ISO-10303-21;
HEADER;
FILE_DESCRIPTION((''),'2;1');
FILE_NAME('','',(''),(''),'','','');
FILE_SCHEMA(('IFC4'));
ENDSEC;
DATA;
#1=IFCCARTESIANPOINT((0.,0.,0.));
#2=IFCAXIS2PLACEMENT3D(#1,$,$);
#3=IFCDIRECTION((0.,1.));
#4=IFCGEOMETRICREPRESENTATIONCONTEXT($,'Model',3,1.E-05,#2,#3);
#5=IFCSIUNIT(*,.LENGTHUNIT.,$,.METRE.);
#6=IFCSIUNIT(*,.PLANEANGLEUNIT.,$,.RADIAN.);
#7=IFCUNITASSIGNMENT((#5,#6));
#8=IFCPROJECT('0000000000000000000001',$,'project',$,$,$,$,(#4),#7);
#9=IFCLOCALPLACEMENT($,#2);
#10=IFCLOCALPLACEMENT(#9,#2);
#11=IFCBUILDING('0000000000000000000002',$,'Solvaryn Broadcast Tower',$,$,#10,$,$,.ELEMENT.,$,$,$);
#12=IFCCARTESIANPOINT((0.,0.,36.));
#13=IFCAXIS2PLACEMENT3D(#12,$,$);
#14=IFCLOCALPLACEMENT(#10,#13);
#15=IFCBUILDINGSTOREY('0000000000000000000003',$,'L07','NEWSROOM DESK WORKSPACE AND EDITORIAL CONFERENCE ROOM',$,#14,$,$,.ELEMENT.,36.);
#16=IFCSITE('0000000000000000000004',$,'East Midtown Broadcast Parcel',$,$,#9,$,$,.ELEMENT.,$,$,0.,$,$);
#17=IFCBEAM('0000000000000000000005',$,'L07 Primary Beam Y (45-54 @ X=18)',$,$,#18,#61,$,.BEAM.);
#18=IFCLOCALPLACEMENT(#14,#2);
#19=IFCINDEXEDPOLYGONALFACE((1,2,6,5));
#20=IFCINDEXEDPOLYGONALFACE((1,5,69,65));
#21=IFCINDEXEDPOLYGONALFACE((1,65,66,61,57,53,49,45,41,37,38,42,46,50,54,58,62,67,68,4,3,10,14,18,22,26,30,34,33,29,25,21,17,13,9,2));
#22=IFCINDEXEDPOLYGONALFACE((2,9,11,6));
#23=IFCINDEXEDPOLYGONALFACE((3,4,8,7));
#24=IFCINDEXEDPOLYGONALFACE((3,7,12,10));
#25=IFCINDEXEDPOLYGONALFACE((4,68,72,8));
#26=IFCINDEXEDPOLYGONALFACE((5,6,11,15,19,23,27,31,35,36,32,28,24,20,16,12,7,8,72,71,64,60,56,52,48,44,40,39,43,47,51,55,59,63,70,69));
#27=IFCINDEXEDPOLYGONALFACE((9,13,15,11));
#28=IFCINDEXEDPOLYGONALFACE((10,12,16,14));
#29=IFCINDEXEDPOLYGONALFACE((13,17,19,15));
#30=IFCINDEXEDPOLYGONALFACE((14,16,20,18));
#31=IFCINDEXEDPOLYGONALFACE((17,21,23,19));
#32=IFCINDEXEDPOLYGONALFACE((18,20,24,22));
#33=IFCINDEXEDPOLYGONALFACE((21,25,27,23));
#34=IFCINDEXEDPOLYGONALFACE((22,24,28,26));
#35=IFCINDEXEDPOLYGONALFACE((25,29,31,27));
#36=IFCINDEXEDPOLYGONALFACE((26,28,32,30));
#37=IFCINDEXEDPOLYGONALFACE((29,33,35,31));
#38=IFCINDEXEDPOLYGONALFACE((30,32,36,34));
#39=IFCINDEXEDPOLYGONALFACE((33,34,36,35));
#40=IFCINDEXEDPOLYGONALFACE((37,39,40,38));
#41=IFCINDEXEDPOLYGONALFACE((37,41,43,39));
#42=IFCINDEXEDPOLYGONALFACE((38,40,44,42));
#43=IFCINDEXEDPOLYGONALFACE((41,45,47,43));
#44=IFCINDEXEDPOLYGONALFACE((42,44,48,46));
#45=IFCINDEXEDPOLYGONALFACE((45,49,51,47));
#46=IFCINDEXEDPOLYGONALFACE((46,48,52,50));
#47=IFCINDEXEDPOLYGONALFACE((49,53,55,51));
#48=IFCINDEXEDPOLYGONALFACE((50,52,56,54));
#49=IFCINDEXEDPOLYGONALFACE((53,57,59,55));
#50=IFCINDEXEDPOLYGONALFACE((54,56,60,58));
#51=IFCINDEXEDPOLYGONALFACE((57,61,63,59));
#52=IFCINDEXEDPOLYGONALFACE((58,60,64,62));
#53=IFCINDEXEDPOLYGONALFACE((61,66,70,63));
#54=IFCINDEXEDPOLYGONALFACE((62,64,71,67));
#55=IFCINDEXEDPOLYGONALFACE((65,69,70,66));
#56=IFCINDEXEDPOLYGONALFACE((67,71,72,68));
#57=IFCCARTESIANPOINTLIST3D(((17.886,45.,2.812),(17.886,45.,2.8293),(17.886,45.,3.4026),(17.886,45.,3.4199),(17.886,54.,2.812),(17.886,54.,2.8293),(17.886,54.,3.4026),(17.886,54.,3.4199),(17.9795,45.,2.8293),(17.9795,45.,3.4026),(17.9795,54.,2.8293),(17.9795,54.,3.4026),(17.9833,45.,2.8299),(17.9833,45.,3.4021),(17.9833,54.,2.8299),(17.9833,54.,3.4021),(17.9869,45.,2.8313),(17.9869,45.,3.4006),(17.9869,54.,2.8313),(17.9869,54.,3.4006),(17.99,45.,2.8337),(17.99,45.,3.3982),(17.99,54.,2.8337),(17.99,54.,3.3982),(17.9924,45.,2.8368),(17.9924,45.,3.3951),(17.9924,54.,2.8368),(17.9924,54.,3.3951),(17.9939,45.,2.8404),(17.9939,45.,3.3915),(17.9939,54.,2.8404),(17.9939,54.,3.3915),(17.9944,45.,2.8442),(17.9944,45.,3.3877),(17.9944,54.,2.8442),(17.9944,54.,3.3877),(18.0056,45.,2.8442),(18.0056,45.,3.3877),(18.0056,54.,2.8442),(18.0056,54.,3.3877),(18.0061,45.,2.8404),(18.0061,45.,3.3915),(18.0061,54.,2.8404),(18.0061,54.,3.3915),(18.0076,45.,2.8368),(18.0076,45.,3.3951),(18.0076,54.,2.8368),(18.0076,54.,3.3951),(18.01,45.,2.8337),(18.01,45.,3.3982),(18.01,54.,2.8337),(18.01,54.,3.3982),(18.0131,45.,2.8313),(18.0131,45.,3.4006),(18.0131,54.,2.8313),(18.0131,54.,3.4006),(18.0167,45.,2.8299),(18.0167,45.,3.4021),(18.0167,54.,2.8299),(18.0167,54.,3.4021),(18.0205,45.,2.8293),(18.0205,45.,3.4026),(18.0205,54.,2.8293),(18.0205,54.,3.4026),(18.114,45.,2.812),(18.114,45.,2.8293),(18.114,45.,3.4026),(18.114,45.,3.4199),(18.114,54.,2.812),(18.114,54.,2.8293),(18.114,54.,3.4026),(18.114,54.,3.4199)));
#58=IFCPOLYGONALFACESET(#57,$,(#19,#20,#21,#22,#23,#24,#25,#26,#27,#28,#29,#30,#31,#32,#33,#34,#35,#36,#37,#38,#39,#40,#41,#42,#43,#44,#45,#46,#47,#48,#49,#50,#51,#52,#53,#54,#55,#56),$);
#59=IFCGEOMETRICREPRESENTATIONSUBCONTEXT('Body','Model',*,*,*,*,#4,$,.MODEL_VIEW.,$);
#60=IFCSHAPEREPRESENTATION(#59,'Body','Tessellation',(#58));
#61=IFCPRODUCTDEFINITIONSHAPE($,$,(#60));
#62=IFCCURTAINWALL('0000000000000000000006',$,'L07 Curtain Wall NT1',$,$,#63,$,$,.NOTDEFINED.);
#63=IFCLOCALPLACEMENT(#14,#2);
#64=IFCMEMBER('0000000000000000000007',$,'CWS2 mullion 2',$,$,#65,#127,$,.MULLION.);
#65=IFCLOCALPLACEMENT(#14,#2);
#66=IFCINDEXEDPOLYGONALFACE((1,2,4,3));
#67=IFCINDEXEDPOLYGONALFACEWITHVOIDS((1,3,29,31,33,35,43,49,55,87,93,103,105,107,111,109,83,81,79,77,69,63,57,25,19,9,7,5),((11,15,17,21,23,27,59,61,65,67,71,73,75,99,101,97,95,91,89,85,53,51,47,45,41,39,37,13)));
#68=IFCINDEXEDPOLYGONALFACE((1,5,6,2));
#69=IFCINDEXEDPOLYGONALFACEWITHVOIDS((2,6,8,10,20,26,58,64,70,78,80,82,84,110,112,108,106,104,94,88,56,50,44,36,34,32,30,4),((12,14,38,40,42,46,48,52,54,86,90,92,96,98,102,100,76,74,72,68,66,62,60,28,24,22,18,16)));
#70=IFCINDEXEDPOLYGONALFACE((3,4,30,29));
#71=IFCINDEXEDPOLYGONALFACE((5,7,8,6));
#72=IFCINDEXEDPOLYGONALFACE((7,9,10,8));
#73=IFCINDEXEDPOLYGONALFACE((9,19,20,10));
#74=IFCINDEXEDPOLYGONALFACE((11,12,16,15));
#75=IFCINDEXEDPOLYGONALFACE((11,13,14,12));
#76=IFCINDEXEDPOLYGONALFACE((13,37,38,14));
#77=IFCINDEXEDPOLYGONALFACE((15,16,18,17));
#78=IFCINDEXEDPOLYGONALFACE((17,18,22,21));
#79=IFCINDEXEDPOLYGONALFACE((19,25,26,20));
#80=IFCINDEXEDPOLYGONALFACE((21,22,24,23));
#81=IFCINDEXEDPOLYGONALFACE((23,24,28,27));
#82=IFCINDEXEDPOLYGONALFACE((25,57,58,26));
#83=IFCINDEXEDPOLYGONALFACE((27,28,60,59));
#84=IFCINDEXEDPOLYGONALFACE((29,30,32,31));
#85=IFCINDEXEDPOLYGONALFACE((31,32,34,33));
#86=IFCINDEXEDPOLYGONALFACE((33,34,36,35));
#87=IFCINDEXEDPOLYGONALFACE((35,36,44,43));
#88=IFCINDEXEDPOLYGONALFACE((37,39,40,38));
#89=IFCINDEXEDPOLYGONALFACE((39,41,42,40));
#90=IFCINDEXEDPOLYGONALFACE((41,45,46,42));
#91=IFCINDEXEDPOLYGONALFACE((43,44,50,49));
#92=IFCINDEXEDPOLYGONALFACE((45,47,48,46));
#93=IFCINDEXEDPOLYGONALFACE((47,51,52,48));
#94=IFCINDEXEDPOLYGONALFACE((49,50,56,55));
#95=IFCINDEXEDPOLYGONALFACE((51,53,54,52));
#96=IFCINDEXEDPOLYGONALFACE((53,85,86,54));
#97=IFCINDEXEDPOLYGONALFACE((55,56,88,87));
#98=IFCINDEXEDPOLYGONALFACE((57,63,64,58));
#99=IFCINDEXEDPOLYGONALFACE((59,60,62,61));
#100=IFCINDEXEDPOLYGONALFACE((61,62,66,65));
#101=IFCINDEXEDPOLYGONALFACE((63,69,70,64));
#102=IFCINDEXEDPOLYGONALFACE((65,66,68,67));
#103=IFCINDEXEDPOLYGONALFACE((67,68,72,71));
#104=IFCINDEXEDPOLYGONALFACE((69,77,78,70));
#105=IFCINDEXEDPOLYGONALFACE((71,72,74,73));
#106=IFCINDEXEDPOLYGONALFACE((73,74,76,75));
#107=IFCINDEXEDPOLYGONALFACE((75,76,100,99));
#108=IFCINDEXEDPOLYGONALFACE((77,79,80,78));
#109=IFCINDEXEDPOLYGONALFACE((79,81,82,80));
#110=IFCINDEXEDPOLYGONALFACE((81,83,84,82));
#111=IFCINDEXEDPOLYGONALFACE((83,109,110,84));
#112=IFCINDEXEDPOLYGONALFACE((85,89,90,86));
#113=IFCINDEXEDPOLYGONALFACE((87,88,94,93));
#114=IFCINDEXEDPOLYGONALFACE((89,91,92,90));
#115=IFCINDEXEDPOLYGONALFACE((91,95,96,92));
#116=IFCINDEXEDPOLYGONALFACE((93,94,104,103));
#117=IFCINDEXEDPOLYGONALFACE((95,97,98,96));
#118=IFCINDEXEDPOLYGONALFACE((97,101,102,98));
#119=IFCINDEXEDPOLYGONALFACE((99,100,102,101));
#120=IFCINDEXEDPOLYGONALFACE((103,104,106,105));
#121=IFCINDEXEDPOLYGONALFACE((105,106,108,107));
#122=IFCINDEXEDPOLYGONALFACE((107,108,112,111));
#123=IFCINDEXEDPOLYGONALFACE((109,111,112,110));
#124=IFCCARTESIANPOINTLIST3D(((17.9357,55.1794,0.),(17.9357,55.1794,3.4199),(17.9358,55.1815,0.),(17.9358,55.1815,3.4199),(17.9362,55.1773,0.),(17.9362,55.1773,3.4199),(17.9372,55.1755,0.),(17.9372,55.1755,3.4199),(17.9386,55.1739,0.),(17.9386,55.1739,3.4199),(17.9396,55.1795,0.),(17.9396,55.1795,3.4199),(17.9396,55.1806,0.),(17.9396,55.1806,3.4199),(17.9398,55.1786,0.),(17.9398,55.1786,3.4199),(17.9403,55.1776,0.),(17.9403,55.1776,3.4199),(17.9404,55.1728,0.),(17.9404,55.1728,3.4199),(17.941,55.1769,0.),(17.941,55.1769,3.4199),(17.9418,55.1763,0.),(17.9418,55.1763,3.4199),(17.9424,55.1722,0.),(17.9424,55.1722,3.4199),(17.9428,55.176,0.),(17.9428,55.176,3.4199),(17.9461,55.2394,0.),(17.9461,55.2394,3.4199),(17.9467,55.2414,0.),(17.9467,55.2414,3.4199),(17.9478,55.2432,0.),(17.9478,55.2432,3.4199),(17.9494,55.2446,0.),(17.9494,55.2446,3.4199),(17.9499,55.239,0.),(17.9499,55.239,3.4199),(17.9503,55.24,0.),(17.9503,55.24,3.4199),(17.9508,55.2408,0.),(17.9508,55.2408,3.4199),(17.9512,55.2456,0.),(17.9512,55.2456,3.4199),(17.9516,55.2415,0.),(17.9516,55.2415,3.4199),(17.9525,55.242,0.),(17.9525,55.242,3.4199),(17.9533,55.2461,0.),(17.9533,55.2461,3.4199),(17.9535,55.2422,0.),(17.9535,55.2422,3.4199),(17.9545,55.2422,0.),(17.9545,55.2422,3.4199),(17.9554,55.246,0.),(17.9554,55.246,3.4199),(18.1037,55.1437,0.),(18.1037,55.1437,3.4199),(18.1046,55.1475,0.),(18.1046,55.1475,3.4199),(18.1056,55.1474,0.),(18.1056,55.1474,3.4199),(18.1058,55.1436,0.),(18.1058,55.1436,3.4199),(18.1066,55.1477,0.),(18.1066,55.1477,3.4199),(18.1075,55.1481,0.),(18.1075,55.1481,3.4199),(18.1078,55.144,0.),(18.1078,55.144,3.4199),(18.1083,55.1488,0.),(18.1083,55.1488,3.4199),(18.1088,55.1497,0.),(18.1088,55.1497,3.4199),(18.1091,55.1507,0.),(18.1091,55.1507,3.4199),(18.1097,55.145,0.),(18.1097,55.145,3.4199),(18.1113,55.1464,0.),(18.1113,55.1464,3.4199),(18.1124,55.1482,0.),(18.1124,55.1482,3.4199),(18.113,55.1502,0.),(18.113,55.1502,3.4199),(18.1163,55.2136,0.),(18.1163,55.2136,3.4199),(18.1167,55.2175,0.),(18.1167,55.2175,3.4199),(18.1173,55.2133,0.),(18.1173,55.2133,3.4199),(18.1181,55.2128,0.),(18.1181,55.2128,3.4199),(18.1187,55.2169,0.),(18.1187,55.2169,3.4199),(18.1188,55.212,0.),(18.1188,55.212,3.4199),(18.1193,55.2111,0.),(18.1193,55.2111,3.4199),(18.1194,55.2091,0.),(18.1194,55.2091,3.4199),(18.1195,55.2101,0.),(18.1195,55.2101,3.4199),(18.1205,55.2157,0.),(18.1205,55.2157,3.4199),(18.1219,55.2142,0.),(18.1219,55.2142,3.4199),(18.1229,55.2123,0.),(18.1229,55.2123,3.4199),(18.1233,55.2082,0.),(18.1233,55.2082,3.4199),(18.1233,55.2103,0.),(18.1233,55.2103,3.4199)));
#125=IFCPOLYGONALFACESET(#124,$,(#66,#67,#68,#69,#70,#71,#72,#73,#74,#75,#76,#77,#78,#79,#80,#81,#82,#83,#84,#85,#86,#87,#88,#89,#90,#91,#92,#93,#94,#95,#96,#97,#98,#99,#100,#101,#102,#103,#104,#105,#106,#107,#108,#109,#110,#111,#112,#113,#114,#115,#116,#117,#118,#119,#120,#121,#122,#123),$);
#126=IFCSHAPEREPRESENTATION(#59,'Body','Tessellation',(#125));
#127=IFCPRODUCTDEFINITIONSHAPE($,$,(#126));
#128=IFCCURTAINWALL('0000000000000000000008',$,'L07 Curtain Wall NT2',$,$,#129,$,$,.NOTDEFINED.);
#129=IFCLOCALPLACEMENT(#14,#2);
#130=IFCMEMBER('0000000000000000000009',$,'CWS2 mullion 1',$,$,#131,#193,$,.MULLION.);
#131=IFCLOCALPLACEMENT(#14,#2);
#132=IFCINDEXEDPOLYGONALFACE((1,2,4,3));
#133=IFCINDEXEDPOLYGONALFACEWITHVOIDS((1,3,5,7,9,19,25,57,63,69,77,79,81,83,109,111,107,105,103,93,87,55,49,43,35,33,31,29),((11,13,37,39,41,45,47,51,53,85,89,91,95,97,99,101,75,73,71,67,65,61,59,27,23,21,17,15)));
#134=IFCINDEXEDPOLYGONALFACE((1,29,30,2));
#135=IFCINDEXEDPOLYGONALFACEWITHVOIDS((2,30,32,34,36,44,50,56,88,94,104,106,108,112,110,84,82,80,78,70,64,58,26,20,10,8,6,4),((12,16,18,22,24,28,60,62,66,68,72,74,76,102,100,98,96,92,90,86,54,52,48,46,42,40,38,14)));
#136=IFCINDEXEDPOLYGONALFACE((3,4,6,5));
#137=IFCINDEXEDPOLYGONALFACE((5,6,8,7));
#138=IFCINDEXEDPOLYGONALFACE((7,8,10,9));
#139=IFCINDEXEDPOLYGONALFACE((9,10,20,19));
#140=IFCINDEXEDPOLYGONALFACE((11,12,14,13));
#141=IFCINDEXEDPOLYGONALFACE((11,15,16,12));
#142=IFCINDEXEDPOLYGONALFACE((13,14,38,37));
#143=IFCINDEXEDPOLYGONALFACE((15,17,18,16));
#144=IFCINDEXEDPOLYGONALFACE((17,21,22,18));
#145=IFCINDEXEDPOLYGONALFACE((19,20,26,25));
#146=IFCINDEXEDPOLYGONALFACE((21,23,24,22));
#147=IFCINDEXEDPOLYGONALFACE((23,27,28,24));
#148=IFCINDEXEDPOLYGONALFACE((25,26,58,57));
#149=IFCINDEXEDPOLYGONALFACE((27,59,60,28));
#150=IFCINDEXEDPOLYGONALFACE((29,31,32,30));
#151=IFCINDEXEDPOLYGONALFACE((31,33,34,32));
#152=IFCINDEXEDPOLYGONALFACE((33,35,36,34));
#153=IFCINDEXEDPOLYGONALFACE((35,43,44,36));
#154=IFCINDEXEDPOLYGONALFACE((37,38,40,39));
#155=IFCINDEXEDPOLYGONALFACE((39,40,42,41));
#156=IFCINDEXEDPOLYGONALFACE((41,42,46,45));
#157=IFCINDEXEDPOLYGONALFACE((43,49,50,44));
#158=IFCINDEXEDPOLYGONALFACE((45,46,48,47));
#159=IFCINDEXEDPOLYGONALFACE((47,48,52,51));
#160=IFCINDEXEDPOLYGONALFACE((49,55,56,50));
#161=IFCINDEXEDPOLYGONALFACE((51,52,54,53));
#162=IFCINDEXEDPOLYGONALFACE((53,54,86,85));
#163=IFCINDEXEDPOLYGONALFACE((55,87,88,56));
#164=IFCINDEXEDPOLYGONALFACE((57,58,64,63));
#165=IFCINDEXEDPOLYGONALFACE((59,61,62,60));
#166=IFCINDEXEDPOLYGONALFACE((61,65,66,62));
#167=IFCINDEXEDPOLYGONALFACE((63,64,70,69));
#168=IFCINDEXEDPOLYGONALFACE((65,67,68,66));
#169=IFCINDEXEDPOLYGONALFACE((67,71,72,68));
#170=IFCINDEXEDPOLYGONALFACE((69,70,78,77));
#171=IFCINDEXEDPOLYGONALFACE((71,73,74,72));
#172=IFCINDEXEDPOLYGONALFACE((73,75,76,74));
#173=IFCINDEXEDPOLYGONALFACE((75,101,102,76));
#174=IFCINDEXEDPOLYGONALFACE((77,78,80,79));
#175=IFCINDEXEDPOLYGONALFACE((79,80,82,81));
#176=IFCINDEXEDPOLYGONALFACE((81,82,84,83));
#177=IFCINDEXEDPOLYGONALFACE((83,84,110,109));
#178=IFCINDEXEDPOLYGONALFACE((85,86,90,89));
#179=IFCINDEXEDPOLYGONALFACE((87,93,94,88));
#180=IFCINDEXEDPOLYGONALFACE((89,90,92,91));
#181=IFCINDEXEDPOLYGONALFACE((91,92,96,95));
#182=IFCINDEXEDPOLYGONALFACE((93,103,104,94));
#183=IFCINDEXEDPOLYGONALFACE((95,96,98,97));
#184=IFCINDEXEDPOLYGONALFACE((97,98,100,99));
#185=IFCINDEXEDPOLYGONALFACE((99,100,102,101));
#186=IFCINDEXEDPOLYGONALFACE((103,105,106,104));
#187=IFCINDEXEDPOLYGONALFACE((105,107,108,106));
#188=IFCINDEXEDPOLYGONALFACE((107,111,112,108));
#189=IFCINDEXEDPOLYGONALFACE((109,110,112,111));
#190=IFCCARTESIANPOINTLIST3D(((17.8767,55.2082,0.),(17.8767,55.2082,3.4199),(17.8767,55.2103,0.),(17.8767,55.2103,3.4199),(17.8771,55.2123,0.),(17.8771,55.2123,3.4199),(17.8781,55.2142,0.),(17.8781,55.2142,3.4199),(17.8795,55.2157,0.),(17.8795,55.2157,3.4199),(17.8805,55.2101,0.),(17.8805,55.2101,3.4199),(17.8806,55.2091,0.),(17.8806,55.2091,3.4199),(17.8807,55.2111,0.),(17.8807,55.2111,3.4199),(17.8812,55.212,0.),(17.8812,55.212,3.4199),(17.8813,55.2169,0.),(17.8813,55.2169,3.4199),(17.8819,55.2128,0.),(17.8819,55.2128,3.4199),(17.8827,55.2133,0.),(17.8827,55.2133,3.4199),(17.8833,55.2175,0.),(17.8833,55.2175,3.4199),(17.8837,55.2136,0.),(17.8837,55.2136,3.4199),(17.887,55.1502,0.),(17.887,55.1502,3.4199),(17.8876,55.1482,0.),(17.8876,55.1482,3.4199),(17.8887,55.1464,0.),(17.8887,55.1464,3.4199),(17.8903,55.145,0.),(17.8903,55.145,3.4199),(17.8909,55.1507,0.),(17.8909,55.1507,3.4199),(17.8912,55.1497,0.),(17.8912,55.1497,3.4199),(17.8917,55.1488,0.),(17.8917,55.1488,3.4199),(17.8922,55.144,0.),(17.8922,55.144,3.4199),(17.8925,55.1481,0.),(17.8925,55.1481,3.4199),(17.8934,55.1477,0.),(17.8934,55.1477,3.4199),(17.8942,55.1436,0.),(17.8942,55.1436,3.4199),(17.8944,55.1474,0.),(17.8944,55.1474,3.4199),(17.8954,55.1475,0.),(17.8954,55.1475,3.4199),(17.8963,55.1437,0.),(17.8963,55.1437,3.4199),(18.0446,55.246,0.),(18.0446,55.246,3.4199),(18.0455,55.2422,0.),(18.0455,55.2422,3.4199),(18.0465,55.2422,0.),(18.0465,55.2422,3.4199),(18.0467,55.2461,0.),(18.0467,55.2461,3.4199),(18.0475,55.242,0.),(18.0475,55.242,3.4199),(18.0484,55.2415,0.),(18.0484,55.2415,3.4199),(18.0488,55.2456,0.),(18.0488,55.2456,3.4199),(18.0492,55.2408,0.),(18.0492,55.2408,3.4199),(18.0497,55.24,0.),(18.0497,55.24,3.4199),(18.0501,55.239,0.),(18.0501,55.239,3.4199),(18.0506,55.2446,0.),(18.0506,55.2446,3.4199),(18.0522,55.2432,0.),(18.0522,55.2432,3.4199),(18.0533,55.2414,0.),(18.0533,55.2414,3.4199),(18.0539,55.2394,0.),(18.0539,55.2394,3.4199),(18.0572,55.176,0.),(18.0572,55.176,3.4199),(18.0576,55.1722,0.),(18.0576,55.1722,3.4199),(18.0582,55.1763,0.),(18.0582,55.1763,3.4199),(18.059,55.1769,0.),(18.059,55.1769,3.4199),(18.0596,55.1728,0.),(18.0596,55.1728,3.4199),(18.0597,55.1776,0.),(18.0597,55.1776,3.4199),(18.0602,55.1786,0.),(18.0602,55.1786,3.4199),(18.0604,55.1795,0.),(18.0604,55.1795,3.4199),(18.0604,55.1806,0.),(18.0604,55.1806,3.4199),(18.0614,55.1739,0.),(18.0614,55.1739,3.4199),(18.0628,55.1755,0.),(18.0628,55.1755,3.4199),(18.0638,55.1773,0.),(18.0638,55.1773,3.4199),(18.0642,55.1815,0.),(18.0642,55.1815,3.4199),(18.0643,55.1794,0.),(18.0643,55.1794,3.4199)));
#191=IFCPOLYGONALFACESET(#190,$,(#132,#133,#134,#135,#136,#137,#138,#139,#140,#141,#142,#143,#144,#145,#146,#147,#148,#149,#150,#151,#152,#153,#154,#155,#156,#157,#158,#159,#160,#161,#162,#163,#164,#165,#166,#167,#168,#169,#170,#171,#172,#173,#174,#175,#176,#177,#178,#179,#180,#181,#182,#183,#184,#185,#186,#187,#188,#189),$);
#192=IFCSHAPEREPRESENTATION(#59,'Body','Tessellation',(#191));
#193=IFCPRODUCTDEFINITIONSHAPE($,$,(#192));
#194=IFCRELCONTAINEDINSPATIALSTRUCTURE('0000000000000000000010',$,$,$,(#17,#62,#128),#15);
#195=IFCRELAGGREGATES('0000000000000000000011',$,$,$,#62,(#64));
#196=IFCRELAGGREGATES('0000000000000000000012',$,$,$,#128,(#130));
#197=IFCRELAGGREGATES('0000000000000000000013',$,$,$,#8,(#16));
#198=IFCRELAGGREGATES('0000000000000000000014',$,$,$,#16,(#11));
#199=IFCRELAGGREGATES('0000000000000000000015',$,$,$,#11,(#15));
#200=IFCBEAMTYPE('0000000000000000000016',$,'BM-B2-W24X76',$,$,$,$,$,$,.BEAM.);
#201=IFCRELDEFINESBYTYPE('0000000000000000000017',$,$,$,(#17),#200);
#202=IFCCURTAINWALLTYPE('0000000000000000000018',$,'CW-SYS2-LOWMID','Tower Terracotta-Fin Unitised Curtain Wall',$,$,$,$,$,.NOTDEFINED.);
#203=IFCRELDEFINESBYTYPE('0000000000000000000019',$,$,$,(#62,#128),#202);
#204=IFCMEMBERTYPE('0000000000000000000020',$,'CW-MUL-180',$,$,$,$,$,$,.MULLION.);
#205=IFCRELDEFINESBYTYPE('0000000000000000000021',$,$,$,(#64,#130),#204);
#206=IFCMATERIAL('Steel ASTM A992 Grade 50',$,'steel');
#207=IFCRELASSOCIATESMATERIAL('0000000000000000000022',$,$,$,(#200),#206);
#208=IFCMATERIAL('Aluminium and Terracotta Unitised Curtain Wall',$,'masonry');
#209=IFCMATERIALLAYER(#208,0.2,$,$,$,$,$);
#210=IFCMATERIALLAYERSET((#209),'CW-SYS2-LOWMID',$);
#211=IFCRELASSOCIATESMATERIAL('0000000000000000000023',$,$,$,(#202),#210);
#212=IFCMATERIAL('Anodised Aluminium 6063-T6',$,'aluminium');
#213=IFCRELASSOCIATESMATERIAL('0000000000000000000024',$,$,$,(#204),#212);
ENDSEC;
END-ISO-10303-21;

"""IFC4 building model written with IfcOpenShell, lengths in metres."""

from ifc_helpers import new_model, si_unit, direction, frame, origin, origin_2d, place, context, subcontext, project, spatial, hollow_rectangle, i_section, extrude, material, layer, layer_set, material_profile, profile_set, type_object, element, aggregate, save


model = new_model("IFC4")

# Units and contexts
model_context = context("Model", 3, precision=1e-05, world=origin(), true_north=direction((0.0, 1.0)))
body_context = subcontext(model_context, "Body", "Model", "MODEL_VIEW")
ifc_project = project(units=[si_unit("LENGTHUNIT", "METRE"), si_unit("PLANEANGLEUNIT", "RADIAN")], contexts=[model_context])

# Site, building, storey
site_placement = place(None, origin())
site = spatial("IfcSite", under=ifc_project, at=site_placement, Name="East Midtown Broadcast Parcel", CompositionType="ELEMENT", RefElevation=0.0)
building_placement = place(site_placement, origin())
building = spatial("IfcBuilding", under=site, at=building_placement, Name="Solvaryn Broadcast Tower", CompositionType="ELEMENT")
storey_placement = place(building_placement, frame((0.0, 0.0, 36.0)))
storey = spatial("IfcBuildingStorey", under=building, at=storey_placement, Name="L07", Description="NEWSROOM DESK WORKSPACE AND EDITORIAL CONFERENCE ROOM", CompositionType="ELEMENT", Elevation=36.0)

# Beam
ifc_material_1 = material(Name="Steel ASTM A992 Grade 50", Category="steel")
ifc_material_profile_1 = material_profile(ifc_material_1, i_section(OverallWidth=0.228, OverallDepth=0.6079, WebThickness=0.0112, FlangeThickness=0.0173, FilletRadius=0.0149, at=origin_2d()))
ifc_profile_set_1 = profile_set([ifc_material_profile_1], Name="Steel ASTM A992 Grade 50")
beam_type_1 = type_object("IfcBeamType", Name="BM-B2-W24X76", PredefinedType="BEAM", material=ifc_profile_set_1)
beam_1_placement = place(storey_placement, frame((18.0, 45.0, 3.116), z_axis=(0.0, 1.0, 0.0), x_axis=(-1.0, 0.0, 0.0)))
element("IfcBeam", 1, at=beam_1_placement, inside=storey, type_object=beam_type_1, Name="L07 Primary Beam Y (45-54 @ X=18)", PredefinedType="BEAM", context=body_context, shape_type="SweptSolid", body=[
    extrude(i_section(OverallWidth=0.228, OverallDepth=0.6079, WebThickness=0.0112, FlangeThickness=0.0173, FilletRadius=0.0149, at=origin_2d()), origin(), (0.0, 0.0, 1.0), 9.0),
])

# Curtain walls, members
ifc_material_2 = material(Name="Aluminium and Terracotta Unitised Curtain Wall", Category="masonry")
ifc_layer_1 = layer(ifc_material_2, 0.2)
ifc_layer_set_1 = layer_set([ifc_layer_1], Name="CW-SYS2-LOWMID")
curtain_wall_type = type_object("IfcCurtainWallType", Name="CW-SYS2-LOWMID", Description="Tower Terracotta-Fin Unitised Curtain Wall", PredefinedType="NOTDEFINED", material=ifc_layer_set_1)
curtain_wall_1_placement = place(storey_placement, origin())
curtain_wall_1 = element("IfcCurtainWall", 2, at=curtain_wall_1_placement, inside=storey, type_object=curtain_wall_type, Name="L07 Curtain Wall NT1", PredefinedType="NOTDEFINED")
ifc_material_3 = material(Name="Anodised Aluminium 6063-T6", Category="aluminium")
ifc_material_profile_2 = material_profile(ifc_material_3, hollow_rectangle(XDim=0.075, YDim=0.1799, WallThickness=0.0039, InnerFilletRadius=0.0039, OuterFilletRadius=0.0081, at=origin_2d()))
ifc_profile_set_2 = profile_set([ifc_material_profile_2], Name="Anodised Aluminium 6063-T6")
member_type_1 = type_object("IfcMemberType", Name="CW-MUL-180", PredefinedType="MULLION", material=ifc_profile_set_2)
member_1_placement = place(storey_placement, frame((18.0295, 55.1948, 0.0), z_axis=(0.0, 0.0, 1.0), x_axis=(-0.173785, -0.984784, 0.0)))
member_1 = element("IfcMember", 3, at=member_1_placement, type_object=member_type_1, Name="CWS2 mullion 2", PredefinedType="MULLION", context=body_context, shape_type="SweptSolid", body=[
    extrude(hollow_rectangle(XDim=0.075, YDim=0.1799, WallThickness=0.0039, InnerFilletRadius=0.0039, OuterFilletRadius=0.0081, at=origin_2d()), origin(), (0.0, 0.0, 1.0), 3.4199),
])
curtain_wall_2_placement = place(storey_placement, origin())
curtain_wall_2 = element("IfcCurtainWall", 4, at=curtain_wall_2_placement, inside=storey, type_object=curtain_wall_type, Name="L07 Curtain Wall NT2", PredefinedType="NOTDEFINED")
member_2_placement = place(storey_placement, frame((17.9705, 55.1948, 0.0), z_axis=(0.0, 0.0, 1.0), x_axis=(0.173785, -0.984784, 0.0)))
member_2 = element("IfcMember", 5, at=member_2_placement, type_object=member_type_1, Name="CWS2 mullion 1", PredefinedType="MULLION", context=body_context, shape_type="SweptSolid", body=[
    extrude(hollow_rectangle(XDim=0.075, YDim=0.1799, WallThickness=0.0039, InnerFilletRadius=0.0039, OuterFilletRadius=0.0081, at=origin_2d()), origin(), (0.0, 0.0, 1.0), 3.4199),
])

aggregate(curtain_wall_1, [member_1])
aggregate(curtain_wall_2, [member_2])

save(model, "model.ifc")
